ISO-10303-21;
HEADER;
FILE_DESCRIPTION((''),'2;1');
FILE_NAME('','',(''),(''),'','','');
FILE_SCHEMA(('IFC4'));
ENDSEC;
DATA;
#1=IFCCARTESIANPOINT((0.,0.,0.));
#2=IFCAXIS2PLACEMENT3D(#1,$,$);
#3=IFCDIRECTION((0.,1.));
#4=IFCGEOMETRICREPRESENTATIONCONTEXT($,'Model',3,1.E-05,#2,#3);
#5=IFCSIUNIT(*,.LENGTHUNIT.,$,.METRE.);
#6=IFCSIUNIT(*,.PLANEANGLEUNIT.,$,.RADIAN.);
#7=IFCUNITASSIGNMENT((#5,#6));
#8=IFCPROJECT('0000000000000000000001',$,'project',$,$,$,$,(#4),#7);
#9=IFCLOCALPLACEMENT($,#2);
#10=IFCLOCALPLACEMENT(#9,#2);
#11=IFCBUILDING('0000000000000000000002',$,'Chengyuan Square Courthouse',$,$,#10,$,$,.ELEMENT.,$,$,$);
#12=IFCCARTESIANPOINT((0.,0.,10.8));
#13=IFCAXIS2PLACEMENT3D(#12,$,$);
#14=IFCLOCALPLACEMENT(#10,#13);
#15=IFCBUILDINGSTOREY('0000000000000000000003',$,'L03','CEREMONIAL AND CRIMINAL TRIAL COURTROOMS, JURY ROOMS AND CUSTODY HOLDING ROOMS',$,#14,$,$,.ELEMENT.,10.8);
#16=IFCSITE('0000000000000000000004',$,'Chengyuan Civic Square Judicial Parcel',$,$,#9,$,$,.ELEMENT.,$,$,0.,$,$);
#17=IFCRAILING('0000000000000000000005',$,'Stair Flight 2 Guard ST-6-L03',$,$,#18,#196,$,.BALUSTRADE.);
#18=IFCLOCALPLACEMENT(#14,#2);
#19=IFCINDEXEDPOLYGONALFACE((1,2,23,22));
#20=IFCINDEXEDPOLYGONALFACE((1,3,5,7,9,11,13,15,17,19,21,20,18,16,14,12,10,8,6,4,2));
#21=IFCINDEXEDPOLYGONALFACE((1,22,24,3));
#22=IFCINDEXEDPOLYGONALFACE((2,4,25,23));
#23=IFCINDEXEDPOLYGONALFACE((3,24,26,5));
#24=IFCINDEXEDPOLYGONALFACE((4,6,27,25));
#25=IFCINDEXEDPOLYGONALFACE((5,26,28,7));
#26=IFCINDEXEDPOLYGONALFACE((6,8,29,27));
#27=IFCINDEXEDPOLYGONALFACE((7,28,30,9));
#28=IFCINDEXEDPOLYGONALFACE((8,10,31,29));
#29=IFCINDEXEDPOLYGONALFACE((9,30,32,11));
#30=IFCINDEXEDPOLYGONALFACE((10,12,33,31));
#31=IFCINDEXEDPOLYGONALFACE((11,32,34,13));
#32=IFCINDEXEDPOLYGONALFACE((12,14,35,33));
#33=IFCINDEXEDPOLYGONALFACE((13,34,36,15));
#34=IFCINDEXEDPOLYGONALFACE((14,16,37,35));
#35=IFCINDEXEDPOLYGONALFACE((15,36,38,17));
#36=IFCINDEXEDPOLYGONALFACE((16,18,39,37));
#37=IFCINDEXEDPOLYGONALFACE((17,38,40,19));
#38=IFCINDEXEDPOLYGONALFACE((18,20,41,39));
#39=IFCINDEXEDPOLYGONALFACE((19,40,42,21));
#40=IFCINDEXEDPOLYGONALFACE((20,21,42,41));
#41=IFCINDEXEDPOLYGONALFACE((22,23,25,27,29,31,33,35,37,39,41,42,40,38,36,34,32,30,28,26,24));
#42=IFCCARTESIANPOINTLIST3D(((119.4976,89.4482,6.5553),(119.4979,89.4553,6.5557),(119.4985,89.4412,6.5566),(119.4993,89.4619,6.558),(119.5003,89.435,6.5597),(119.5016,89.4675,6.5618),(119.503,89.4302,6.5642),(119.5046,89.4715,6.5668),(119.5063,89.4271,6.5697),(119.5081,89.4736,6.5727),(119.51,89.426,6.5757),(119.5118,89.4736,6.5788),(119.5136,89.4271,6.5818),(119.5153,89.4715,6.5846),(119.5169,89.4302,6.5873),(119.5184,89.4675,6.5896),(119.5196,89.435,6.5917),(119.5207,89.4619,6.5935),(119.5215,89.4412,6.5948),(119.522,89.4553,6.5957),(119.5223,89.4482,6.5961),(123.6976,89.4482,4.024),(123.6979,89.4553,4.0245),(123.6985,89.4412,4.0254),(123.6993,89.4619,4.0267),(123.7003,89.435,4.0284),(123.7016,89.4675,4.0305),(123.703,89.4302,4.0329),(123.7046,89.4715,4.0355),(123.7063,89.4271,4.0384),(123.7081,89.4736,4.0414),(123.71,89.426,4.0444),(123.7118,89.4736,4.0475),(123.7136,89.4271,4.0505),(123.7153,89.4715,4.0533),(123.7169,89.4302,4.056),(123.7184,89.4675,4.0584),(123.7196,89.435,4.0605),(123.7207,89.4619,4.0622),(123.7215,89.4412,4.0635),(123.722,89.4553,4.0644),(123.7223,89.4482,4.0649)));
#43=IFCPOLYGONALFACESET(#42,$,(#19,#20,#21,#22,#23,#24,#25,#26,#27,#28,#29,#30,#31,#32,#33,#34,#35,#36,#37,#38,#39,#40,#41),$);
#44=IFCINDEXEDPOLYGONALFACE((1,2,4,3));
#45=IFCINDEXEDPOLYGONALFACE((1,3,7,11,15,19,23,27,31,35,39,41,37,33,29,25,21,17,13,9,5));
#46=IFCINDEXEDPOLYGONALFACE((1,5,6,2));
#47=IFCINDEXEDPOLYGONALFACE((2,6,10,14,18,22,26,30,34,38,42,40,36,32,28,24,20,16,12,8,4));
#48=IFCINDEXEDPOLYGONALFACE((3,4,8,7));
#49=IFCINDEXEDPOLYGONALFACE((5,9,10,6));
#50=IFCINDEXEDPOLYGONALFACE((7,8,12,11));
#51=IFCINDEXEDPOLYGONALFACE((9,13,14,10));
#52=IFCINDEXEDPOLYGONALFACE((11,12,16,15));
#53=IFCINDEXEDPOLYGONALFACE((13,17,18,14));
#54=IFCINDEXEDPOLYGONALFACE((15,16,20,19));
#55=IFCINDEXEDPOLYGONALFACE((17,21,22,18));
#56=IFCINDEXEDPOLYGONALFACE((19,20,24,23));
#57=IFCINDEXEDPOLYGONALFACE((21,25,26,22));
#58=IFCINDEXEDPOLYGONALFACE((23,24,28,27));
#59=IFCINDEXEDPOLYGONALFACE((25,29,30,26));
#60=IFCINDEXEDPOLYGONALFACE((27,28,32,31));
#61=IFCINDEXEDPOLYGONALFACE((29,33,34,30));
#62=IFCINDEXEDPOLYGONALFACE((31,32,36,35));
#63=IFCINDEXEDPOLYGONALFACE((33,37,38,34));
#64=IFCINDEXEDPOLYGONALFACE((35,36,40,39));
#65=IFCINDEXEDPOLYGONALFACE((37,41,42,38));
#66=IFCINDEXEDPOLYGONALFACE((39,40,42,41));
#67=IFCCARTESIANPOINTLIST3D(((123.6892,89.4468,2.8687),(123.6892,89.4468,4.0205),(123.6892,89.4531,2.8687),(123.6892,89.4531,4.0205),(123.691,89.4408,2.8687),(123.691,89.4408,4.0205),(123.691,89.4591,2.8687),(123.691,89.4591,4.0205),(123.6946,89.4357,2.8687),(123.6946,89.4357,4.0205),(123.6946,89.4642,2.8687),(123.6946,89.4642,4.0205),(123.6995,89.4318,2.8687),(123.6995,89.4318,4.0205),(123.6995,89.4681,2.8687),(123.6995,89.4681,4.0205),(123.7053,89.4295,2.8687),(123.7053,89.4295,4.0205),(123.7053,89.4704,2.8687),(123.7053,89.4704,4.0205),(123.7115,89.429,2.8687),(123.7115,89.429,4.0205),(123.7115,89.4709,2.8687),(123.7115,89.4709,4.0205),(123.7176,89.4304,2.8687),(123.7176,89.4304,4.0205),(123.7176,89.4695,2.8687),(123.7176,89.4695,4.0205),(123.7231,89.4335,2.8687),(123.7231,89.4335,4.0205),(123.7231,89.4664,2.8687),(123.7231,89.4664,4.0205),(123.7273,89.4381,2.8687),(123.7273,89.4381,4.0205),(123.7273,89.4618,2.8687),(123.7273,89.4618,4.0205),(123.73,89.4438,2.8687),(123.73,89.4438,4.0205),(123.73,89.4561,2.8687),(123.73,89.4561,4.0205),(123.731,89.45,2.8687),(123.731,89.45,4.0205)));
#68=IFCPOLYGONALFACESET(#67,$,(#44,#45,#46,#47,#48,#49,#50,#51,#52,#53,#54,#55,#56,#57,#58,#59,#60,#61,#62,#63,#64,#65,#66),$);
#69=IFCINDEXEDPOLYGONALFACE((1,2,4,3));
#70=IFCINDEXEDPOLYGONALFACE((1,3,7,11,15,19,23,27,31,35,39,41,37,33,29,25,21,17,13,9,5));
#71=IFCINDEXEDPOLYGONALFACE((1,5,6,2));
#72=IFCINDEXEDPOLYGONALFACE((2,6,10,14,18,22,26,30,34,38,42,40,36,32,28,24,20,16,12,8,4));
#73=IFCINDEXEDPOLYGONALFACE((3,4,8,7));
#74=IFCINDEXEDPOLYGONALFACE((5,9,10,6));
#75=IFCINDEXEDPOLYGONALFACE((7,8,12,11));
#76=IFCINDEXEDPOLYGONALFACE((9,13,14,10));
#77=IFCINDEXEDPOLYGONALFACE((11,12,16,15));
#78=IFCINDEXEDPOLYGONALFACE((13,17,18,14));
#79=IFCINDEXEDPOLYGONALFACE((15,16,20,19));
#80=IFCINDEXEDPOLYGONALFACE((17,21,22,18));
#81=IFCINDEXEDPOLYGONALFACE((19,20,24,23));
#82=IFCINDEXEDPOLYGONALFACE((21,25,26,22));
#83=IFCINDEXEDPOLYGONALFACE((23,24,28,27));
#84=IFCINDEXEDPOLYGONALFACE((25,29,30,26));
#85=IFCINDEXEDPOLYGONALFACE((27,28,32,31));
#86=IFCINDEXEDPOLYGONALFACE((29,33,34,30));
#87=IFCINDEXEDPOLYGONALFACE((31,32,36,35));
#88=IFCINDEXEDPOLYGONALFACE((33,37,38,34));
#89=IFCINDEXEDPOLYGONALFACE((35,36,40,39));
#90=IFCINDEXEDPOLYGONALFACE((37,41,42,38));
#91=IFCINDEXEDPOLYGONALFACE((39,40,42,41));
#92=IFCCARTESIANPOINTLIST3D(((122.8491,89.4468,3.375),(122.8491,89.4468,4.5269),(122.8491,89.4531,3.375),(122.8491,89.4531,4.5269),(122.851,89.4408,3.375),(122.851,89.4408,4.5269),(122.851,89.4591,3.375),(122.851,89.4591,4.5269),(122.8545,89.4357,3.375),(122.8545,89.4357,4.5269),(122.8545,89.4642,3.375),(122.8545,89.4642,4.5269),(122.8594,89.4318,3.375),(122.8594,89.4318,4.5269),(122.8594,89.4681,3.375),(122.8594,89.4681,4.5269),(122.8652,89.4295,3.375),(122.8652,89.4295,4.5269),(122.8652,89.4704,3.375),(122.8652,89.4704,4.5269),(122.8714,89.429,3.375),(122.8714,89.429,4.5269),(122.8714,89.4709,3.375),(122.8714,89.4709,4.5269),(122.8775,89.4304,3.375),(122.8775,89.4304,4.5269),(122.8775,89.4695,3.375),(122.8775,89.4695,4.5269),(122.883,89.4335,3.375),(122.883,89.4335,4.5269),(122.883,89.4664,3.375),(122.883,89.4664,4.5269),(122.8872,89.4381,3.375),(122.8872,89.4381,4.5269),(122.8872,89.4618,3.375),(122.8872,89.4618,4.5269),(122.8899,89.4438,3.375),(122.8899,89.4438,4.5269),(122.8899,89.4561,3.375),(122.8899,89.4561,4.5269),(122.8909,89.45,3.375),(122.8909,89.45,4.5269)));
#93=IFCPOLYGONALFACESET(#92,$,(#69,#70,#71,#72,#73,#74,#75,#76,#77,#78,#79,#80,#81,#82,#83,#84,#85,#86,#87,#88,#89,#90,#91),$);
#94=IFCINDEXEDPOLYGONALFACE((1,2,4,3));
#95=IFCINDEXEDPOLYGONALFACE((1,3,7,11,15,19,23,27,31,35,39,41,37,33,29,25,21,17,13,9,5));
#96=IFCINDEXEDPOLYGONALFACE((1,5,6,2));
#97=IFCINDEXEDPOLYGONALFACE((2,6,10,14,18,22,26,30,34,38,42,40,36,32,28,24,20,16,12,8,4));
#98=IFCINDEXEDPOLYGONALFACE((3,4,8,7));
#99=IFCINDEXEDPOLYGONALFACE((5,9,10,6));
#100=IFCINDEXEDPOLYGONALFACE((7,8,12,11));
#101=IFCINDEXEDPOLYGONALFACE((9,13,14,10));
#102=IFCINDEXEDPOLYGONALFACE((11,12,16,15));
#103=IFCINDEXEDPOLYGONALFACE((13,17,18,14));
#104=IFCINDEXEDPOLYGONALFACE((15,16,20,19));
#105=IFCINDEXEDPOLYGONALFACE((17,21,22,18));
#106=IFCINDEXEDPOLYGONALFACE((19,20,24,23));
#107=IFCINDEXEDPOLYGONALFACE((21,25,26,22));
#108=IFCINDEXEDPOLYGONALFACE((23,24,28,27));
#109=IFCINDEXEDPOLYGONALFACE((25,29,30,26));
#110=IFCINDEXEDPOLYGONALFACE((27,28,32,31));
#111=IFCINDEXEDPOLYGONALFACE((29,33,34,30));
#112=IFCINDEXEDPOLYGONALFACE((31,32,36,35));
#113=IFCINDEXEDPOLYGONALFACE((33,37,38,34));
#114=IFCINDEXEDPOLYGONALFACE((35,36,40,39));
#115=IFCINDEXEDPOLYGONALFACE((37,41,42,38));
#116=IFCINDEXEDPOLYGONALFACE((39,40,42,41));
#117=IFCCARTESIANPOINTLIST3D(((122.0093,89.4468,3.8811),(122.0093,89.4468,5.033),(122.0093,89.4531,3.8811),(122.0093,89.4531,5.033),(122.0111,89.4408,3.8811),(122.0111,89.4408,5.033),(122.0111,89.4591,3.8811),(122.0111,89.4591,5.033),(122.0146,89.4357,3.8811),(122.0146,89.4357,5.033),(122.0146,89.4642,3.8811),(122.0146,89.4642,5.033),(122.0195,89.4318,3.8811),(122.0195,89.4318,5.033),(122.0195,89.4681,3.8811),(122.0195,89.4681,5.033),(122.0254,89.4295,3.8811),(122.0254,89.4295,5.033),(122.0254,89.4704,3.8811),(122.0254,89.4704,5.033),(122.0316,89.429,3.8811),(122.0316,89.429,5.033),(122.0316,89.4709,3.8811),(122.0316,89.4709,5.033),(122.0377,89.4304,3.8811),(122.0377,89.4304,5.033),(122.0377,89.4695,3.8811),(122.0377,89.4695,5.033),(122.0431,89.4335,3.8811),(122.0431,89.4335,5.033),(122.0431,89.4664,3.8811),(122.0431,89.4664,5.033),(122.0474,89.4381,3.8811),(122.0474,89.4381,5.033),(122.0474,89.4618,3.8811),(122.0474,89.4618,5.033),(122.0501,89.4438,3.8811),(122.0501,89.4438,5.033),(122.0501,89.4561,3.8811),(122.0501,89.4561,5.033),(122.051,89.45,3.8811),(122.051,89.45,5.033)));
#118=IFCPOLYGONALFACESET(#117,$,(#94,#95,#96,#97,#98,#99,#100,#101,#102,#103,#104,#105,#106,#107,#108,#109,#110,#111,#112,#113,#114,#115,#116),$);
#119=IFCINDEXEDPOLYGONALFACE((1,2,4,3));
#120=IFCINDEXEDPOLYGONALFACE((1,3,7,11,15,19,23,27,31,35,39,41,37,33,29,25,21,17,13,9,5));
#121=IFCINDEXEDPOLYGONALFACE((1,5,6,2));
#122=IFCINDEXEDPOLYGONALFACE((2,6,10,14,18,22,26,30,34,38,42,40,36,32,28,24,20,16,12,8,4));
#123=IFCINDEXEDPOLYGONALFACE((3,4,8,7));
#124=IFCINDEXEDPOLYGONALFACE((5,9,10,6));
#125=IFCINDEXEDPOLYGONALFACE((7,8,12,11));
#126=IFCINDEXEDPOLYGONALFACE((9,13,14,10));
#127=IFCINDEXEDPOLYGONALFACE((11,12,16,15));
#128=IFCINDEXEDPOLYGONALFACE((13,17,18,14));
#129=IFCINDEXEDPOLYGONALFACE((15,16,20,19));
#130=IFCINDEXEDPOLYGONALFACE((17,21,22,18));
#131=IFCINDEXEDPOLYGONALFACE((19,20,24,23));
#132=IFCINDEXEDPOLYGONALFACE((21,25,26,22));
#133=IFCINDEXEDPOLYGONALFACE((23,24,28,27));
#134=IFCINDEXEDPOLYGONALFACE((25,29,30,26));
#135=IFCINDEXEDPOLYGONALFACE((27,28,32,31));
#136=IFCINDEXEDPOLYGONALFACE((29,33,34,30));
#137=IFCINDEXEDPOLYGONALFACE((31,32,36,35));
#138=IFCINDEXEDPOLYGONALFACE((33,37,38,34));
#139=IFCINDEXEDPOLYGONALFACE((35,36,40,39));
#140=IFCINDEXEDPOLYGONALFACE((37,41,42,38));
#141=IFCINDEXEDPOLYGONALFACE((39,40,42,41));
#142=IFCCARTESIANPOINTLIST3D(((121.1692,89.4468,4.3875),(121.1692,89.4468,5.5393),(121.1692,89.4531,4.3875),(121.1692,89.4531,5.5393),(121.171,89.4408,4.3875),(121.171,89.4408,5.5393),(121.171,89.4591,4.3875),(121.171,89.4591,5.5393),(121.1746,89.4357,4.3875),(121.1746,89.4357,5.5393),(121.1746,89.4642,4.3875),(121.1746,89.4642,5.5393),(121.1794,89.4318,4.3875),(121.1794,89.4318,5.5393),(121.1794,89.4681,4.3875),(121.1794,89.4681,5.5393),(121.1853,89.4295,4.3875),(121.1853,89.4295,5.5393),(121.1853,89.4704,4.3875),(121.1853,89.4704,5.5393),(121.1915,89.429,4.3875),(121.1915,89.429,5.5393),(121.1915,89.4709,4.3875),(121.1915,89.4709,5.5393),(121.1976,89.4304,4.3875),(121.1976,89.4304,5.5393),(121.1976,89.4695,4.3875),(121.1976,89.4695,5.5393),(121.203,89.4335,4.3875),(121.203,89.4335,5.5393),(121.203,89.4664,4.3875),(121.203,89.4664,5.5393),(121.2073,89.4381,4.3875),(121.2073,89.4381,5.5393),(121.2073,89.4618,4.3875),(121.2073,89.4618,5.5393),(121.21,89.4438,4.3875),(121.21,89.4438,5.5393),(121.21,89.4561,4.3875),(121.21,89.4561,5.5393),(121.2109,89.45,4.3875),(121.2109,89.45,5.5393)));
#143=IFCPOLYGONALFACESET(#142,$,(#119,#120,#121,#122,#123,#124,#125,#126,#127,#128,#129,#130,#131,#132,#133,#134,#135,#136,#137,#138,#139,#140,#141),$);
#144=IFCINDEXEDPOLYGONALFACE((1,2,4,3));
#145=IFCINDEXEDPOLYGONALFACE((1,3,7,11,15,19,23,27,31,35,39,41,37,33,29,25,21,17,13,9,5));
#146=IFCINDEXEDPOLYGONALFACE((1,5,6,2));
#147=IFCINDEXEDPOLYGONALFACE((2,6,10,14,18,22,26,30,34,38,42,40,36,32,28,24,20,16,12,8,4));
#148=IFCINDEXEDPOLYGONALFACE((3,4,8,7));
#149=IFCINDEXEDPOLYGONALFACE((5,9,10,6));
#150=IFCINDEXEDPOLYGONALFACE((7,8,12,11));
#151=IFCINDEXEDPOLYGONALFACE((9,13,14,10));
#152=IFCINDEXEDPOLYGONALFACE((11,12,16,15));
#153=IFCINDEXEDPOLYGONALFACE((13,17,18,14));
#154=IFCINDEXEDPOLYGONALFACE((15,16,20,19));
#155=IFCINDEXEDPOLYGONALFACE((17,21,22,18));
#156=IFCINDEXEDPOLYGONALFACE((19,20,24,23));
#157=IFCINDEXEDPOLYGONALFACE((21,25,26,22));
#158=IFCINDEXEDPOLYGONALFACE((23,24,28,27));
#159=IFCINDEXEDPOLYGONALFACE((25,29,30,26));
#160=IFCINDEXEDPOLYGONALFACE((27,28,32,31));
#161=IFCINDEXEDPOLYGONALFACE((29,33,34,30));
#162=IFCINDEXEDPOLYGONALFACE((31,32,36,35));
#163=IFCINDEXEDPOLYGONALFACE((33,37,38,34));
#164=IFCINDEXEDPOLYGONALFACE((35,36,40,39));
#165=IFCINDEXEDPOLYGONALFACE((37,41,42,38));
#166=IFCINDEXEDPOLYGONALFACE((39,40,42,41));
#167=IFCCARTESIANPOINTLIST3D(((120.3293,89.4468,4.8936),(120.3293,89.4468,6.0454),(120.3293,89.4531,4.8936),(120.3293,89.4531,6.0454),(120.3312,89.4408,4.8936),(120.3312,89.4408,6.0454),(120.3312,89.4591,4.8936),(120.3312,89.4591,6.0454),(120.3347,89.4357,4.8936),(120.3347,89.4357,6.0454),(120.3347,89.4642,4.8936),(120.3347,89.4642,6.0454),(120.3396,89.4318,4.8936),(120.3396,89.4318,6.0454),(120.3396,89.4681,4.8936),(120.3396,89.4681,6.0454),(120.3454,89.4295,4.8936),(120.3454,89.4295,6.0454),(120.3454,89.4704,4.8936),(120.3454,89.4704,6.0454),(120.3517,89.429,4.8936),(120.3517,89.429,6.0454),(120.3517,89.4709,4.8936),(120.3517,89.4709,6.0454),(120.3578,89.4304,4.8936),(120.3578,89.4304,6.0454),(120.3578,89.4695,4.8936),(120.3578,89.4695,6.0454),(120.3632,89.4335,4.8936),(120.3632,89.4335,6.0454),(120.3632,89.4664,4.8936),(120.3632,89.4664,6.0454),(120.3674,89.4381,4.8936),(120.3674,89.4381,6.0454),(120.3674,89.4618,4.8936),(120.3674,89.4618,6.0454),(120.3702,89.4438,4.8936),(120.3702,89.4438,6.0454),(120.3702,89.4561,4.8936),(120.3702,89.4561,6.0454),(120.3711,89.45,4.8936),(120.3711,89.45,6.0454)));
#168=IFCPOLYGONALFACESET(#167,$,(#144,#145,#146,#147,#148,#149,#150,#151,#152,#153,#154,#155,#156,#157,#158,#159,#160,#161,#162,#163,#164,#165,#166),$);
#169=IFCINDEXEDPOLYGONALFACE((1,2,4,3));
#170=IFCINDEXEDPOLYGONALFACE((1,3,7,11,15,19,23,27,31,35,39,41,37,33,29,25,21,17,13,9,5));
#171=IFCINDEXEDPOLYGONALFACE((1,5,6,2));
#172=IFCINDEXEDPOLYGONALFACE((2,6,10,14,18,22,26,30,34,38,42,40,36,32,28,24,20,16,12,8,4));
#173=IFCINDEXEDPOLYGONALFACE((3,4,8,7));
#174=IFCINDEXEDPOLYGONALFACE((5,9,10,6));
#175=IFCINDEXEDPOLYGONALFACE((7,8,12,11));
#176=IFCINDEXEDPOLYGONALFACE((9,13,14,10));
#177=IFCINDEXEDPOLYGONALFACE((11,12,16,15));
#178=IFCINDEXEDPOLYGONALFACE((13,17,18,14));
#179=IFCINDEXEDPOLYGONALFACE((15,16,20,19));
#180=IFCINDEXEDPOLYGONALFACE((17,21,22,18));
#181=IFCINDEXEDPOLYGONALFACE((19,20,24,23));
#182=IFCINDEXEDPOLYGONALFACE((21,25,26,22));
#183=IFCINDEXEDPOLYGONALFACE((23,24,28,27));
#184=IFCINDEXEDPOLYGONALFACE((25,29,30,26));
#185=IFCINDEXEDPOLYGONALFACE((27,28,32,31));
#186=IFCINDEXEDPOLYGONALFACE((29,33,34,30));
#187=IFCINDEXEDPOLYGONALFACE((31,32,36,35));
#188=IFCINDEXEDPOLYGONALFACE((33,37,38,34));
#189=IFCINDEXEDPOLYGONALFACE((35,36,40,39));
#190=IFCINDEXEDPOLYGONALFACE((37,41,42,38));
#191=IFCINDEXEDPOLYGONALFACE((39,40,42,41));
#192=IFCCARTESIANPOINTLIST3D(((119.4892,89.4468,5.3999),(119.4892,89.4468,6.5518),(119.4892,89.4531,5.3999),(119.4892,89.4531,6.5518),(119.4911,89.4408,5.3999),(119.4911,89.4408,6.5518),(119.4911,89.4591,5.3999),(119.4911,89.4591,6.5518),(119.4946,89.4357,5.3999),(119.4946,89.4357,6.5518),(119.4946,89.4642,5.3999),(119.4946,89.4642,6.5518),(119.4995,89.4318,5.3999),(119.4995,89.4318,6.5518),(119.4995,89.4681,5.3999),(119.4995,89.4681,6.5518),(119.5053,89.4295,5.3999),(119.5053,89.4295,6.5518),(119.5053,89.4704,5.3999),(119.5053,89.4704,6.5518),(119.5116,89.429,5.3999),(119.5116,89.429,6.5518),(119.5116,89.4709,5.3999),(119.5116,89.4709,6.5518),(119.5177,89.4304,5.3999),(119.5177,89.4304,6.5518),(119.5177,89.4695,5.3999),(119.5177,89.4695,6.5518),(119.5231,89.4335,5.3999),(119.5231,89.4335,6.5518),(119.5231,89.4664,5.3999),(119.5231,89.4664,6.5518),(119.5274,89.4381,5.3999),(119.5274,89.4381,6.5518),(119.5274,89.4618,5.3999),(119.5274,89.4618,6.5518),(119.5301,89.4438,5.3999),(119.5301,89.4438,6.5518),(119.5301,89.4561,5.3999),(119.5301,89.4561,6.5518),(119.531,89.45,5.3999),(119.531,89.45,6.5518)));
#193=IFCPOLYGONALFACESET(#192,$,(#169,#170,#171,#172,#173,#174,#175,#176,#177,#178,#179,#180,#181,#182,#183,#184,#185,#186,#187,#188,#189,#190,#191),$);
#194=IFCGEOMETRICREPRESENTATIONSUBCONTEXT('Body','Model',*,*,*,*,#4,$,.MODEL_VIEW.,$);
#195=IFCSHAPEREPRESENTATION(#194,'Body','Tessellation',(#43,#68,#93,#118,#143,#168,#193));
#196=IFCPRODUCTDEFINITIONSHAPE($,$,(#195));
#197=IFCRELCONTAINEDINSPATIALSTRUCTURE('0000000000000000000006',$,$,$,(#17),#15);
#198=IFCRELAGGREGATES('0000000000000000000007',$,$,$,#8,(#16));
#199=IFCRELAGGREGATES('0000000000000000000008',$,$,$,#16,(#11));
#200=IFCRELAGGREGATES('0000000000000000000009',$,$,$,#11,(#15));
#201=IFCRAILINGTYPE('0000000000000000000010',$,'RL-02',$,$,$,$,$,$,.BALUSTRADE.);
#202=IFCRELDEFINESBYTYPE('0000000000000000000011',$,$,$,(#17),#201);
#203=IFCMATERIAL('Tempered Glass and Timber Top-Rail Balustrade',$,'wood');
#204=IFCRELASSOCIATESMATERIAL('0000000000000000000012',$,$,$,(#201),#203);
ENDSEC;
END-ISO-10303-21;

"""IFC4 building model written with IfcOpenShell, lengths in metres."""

from ifc_helpers import new_model, si_unit, direction, frame, origin, origin_2d, place, context, subcontext, project, spatial, circle, extrude, material, type_object, element, save


model = new_model("IFC4")

# Units and contexts
model_context = context("Model", 3, precision=1e-05, world=origin(), true_north=direction((0.0, 1.0)))
body_context = subcontext(model_context, "Body", "Model", "MODEL_VIEW")
ifc_project = project(units=[si_unit("LENGTHUNIT", "METRE"), si_unit("PLANEANGLEUNIT", "RADIAN")], contexts=[model_context])

# Site, building, storey
site_placement = place(None, origin())
site = spatial("IfcSite", under=ifc_project, at=site_placement, Name="Chengyuan Civic Square Judicial Parcel", CompositionType="ELEMENT", RefElevation=0.0)
building_placement = place(site_placement, origin())
building = spatial("IfcBuilding", under=site, at=building_placement, Name="Chengyuan Square Courthouse", CompositionType="ELEMENT")
storey_placement = place(building_placement, frame((0.0, 0.0, 10.8)))
storey = spatial("IfcBuildingStorey", under=building, at=storey_placement, Name="L03", Description="CEREMONIAL AND CRIMINAL TRIAL COURTROOMS, JURY ROOMS AND CUSTODY HOLDING ROOMS", CompositionType="ELEMENT", Elevation=10.8)

# Railing
ifc_material_1 = material(Name="Tempered Glass and Timber Top-Rail Balustrade", Category="wood")
railing_type_1 = type_object("IfcRailingType", Name="RL-02", PredefinedType="BALUSTRADE", material=ifc_material_1)
railing_1_placement = place(storey_placement, frame((123.71, 89.45, 2.8687)))
element("IfcRailing", 1, at=railing_1_placement, inside=storey, type_object=railing_type_1, Name="Stair Flight 2 Guard ST-6-L03", PredefinedType="BALUSTRADE", context=body_context, shape_type="SweptSolid", body=[
    extrude(circle(Radius=0.0239, at=origin_2d()), frame((0.0, 0.0, 1.1758), z_axis=(-0.856476, 0.0, 0.516186), x_axis=(0.0, -1.0, 0.0)), (0.0, 0.0, 1.0), 4.9038),
    extrude(circle(Radius=0.021, at=origin_2d()), origin(), (0.0, 0.0, 1.0), 1.1519),
    extrude(circle(Radius=0.021, at=origin_2d()), frame((-0.8401, 0.0, 0.5063)), (0.0, 0.0, 1.0), 1.1519),
    extrude(circle(Radius=0.021, at=origin_2d()), frame((-1.6799, 0.0, 1.0125)), (0.0, 0.0, 1.0), 1.1519),
    extrude(circle(Radius=0.021, at=origin_2d()), frame((-2.52, 0.0, 1.5188)), (0.0, 0.0, 1.0), 1.1519),
    extrude(circle(Radius=0.021, at=origin_2d()), frame((-3.3599, 0.0, 2.0249)), (0.0, 0.0, 1.0), 1.1519),
    extrude(circle(Radius=0.021, at=origin_2d()), frame((-4.2, 0.0, 2.5312)), (0.0, 0.0, 1.0), 1.1519),
])

save(model, "model.ifc")
